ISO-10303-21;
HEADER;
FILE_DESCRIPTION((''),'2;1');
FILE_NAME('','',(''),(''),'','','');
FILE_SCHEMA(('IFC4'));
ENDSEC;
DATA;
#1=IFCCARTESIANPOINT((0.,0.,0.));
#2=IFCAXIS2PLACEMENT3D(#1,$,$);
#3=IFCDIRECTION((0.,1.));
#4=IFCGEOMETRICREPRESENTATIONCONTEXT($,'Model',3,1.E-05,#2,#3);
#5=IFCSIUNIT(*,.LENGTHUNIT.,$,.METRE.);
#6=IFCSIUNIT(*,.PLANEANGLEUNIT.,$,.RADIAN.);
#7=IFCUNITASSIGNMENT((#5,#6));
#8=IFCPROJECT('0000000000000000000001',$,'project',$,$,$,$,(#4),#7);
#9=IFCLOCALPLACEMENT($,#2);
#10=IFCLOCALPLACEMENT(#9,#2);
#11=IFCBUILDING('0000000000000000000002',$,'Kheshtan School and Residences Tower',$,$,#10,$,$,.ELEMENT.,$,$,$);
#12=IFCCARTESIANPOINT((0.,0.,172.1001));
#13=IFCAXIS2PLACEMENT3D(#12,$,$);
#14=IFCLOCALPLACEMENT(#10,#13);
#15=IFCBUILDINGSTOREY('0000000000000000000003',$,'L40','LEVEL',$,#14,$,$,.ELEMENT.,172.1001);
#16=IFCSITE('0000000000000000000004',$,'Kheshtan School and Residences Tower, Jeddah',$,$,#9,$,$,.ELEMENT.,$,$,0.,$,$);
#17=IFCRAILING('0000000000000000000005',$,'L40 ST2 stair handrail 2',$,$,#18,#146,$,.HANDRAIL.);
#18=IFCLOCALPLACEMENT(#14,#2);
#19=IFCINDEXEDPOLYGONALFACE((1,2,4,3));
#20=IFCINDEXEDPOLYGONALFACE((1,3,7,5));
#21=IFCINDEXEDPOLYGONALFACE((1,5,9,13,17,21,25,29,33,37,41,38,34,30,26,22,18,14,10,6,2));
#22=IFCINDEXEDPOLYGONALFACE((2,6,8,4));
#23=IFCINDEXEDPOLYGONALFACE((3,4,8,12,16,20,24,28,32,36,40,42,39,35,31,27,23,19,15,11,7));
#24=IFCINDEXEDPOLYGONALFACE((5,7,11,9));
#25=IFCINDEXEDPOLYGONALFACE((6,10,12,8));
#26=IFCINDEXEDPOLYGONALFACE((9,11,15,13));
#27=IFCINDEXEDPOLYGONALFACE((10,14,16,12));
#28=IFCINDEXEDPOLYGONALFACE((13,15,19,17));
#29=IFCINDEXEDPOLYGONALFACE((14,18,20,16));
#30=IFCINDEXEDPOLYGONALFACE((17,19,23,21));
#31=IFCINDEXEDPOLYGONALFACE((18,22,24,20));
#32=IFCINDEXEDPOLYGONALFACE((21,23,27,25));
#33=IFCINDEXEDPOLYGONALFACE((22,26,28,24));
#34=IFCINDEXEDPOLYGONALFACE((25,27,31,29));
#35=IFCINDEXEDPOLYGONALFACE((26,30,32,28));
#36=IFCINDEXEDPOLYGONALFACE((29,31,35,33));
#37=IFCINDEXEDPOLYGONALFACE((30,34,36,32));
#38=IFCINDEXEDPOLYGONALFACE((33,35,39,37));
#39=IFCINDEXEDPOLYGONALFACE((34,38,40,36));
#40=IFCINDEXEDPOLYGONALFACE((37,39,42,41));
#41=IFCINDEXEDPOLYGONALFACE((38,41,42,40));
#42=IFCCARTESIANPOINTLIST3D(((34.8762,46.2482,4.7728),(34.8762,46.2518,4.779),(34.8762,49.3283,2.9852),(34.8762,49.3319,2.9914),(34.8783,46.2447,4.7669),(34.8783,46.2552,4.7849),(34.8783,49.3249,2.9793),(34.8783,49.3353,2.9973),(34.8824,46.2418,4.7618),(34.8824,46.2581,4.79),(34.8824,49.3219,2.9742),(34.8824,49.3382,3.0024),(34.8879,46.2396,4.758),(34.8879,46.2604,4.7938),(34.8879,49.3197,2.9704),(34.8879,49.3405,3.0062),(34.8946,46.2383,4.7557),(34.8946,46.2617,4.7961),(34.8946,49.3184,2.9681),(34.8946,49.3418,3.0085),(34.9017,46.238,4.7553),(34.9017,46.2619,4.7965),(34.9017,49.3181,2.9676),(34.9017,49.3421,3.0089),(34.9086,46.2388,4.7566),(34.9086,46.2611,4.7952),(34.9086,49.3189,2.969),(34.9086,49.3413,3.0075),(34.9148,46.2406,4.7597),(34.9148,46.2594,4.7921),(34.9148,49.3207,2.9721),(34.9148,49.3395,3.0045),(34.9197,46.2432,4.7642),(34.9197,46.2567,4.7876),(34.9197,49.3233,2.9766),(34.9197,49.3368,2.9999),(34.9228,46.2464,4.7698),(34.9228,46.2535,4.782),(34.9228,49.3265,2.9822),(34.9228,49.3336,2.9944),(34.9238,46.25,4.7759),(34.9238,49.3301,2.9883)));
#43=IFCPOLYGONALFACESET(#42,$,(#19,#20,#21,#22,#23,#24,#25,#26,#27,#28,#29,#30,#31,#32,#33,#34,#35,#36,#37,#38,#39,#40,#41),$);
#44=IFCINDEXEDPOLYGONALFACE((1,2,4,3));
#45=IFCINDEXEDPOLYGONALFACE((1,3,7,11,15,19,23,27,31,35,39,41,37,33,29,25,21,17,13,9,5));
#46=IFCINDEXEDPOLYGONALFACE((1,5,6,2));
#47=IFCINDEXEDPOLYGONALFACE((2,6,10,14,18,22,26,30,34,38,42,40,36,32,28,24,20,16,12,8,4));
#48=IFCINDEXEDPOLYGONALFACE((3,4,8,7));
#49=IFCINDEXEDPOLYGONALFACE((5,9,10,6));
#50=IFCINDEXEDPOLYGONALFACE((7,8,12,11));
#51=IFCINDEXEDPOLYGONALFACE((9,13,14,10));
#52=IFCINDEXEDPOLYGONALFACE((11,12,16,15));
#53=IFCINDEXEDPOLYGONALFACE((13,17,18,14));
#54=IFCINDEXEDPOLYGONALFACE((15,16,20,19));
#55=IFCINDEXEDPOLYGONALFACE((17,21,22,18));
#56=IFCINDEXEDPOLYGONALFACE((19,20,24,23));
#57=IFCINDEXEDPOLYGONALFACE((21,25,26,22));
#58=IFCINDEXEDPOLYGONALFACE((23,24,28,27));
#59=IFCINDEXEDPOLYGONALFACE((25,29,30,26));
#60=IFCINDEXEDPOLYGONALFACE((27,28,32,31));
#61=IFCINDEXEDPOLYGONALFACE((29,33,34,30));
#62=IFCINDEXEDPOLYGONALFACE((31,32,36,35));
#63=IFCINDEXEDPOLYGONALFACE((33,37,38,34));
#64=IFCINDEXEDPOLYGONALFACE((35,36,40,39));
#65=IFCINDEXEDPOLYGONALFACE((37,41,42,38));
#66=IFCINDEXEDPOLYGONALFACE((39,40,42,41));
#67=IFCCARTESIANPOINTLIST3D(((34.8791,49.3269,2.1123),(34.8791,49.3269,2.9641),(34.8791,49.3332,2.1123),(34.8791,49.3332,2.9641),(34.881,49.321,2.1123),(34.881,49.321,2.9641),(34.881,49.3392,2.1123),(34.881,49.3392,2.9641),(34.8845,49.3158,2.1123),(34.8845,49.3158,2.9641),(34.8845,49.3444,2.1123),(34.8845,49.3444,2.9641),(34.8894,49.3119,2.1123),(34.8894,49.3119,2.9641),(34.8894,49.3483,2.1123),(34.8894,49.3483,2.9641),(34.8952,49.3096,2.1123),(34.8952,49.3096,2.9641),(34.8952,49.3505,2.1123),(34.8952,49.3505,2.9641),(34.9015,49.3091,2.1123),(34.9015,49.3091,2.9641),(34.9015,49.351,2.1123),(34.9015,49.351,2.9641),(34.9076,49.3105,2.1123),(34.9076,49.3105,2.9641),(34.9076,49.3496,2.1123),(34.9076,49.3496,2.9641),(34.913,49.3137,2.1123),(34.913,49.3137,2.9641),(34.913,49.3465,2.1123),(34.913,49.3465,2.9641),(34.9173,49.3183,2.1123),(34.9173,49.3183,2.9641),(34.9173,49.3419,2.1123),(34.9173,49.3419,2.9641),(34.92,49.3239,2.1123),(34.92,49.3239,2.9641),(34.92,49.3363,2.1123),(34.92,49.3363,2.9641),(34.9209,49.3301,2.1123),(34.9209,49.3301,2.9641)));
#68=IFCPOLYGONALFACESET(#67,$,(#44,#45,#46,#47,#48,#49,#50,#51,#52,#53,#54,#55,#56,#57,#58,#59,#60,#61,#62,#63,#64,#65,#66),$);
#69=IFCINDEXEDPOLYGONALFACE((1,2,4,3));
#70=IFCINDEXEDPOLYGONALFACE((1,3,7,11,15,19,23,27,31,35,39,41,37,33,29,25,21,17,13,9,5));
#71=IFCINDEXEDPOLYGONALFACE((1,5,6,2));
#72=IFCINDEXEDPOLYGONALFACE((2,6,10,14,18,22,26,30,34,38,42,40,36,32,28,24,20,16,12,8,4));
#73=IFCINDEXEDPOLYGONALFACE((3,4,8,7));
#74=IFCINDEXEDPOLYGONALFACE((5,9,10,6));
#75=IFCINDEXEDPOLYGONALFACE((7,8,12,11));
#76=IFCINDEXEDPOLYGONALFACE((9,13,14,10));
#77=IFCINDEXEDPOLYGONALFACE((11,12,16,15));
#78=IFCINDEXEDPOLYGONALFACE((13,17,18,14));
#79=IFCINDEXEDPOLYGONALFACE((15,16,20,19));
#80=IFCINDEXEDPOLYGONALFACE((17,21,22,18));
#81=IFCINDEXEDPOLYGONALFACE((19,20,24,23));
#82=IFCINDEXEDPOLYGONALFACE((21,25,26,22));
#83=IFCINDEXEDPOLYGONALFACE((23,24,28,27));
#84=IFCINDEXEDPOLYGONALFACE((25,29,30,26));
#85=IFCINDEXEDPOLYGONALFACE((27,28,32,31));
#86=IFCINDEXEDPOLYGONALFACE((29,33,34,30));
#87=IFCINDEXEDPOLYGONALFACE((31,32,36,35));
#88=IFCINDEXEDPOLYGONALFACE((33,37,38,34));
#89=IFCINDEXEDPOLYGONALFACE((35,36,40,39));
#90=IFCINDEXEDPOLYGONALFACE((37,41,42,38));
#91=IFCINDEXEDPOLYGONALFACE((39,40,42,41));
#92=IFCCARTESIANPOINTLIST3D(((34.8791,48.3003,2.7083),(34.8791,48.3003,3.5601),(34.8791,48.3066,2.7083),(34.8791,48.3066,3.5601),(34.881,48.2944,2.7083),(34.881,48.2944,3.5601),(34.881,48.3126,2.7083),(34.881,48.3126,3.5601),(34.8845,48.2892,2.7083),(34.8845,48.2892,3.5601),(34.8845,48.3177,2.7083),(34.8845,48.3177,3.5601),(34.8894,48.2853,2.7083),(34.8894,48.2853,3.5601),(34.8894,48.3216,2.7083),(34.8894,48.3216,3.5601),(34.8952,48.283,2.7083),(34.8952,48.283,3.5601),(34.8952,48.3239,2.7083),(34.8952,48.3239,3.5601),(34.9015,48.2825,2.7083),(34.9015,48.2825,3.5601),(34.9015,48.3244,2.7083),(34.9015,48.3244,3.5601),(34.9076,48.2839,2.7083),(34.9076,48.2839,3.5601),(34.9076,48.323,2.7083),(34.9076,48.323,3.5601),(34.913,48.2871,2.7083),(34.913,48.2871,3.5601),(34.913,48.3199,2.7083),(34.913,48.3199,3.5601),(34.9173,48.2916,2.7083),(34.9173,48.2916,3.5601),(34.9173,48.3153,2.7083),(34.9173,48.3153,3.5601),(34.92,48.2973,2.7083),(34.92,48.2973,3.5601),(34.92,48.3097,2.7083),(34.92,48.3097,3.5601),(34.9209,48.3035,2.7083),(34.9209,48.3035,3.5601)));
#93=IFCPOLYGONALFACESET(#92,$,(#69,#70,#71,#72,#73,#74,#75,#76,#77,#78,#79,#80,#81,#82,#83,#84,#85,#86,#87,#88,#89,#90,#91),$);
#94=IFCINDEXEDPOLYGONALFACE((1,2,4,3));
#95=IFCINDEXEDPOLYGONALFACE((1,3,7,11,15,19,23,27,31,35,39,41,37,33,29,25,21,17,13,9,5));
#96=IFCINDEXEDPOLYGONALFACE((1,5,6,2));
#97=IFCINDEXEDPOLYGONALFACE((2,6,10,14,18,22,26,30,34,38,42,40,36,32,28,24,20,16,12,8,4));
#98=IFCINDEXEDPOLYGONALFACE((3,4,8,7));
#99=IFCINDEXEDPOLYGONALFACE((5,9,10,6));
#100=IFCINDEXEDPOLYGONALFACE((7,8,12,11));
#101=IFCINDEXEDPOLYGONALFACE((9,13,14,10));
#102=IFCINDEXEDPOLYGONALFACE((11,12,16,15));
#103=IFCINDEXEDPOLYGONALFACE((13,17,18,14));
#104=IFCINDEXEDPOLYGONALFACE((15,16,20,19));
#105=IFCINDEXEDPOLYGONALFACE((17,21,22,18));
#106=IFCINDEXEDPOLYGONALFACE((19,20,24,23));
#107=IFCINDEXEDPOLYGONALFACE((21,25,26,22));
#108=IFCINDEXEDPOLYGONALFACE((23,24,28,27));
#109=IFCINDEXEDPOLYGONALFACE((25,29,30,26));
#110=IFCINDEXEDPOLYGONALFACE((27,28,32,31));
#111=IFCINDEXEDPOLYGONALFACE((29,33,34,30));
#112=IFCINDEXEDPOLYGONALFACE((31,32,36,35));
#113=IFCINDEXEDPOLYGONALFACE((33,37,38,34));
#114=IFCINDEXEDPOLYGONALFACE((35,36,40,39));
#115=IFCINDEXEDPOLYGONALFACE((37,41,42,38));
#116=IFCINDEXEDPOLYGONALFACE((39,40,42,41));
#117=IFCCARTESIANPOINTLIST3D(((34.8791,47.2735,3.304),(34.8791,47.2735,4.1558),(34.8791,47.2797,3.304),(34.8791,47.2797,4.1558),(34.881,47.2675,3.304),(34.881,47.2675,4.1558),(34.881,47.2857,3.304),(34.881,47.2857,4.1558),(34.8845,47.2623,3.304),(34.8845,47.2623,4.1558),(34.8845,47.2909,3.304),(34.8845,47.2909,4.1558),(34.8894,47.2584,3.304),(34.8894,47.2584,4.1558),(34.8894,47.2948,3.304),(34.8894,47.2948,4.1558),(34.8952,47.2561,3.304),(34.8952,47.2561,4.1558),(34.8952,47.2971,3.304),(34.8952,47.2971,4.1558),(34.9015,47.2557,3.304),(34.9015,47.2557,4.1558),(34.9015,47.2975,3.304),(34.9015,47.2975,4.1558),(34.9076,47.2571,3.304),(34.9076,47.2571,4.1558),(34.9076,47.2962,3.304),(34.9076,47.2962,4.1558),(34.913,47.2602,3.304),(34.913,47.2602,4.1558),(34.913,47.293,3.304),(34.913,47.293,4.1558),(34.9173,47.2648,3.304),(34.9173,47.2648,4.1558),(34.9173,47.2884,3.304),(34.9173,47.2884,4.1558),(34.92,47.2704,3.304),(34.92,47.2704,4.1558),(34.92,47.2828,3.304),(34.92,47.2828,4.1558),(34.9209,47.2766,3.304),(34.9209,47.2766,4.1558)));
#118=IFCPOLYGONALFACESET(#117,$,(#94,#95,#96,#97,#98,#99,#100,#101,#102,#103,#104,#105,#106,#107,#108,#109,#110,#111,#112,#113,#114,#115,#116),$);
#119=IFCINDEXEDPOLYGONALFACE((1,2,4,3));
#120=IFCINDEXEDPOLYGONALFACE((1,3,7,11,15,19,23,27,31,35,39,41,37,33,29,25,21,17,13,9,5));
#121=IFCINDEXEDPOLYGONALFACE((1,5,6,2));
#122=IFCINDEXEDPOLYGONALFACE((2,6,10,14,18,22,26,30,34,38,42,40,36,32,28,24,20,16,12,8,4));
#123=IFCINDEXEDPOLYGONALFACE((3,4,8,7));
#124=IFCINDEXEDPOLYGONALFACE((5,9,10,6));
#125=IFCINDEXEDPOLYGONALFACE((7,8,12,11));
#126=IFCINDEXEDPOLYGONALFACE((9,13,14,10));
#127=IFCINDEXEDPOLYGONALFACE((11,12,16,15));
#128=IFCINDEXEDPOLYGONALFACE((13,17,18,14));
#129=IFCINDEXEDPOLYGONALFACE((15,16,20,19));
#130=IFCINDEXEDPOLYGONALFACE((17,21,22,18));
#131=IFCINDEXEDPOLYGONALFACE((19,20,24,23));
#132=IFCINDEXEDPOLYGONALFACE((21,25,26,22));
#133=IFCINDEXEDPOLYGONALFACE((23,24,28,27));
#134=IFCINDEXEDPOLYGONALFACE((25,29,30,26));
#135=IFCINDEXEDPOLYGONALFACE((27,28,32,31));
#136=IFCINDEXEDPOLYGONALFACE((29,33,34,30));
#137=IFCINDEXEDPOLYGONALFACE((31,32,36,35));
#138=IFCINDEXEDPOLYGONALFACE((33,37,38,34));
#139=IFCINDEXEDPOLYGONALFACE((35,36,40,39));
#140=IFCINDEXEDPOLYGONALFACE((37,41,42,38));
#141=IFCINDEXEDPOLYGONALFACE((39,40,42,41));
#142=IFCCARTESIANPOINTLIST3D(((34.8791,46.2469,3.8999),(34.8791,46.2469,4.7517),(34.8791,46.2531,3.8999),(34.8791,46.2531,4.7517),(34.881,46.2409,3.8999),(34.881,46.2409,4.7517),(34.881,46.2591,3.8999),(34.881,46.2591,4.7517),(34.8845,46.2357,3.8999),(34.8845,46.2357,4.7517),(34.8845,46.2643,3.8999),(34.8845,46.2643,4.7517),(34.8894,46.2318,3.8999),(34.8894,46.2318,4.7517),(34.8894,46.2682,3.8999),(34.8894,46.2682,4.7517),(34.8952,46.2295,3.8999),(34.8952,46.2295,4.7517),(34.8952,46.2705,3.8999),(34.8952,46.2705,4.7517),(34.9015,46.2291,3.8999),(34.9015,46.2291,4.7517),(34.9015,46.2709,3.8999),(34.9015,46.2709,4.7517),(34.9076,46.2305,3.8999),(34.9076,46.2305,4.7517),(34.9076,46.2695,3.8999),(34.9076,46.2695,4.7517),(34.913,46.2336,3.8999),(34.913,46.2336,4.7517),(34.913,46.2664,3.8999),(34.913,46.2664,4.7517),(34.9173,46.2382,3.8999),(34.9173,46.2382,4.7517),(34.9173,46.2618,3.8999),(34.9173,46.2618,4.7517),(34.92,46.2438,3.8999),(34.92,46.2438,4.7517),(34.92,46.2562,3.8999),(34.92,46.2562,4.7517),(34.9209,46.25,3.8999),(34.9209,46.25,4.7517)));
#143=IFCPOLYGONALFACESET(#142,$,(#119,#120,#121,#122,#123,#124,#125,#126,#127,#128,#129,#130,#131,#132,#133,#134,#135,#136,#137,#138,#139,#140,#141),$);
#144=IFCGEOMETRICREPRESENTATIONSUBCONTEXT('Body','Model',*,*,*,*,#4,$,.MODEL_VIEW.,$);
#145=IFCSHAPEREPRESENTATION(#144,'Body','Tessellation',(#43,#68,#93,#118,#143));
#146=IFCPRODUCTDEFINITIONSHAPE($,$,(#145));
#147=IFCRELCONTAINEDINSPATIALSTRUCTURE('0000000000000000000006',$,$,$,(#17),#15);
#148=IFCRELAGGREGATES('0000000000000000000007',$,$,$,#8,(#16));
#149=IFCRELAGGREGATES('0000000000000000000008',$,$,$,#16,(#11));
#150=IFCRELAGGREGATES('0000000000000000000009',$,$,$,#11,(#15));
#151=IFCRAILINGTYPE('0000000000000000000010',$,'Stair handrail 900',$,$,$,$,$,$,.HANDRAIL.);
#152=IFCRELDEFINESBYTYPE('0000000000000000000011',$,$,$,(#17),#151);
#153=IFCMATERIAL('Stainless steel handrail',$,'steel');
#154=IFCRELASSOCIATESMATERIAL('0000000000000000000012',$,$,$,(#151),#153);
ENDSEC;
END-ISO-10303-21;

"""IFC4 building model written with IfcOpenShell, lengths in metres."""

from ifc_helpers import new_model, si_unit, direction, frame, origin, origin_2d, place, context, subcontext, project, spatial, circle, extrude, material, type_object, element, save


model = new_model("IFC4")

# Units and contexts
model_context = context("Model", 3, precision=1e-05, world=origin(), true_north=direction((0.0, 1.0)))
body_context = subcontext(model_context, "Body", "Model", "MODEL_VIEW")
ifc_project = project(units=[si_unit("LENGTHUNIT", "METRE"), si_unit("PLANEANGLEUNIT", "RADIAN")], contexts=[model_context])

# Site, building, storey
site_placement = place(None, origin())
site = spatial("IfcSite", under=ifc_project, at=site_placement, Name="Kheshtan School and Residences Tower, Jeddah", CompositionType="ELEMENT", RefElevation=0.0)
building_placement = place(site_placement, origin())
building = spatial("IfcBuilding", under=site, at=building_placement, Name="Kheshtan School and Residences Tower", CompositionType="ELEMENT")
storey_placement = place(building_placement, frame((0.0, 0.0, 172.1001)))
storey = spatial("IfcBuildingStorey", under=building, at=storey_placement, Name="L40", Description="LEVEL", CompositionType="ELEMENT", Elevation=172.1001)

# Railing
ifc_material_1 = material(Name="Stainless steel handrail", Category="steel")
railing_type_1 = type_object("IfcRailingType", Name="Stair handrail 900", PredefinedType="HANDRAIL", material=ifc_material_1)
railing_1_placement = place(storey_placement, frame((34.8999, 49.3301, 2.1123)))
element("IfcRailing", 1, at=railing_1_placement, inside=storey, type_object=railing_type_1, Name="L40 ST2 stair handrail 2", PredefinedType="HANDRAIL", context=body_context, shape_type="SweptSolid", body=[
    extrude(circle(Radius=0.0239, at=origin_2d()), frame((0.0, 0.0, 0.876), z_axis=(0.0, -0.864891, 0.50196), x_axis=(1.0, 0.0, 0.0)), (0.0, 0.0, 1.0), 3.5613),
    extrude(circle(Radius=0.021, at=origin_2d()), origin(), (0.0, 0.0, 1.0), 0.8518),
    extrude(circle(Radius=0.021, at=origin_2d()), frame((0.0, -1.0266, 0.5959)), (0.0, 0.0, 1.0), 0.8518),
    extrude(circle(Radius=0.021, at=origin_2d()), frame((0.0, -2.0535, 1.1917)), (0.0, 0.0, 1.0), 0.8518),
    extrude(circle(Radius=0.021, at=origin_2d()), frame((0.0, -3.0801, 1.7876)), (0.0, 0.0, 1.0), 0.8518),
])

save(model, "model.ifc")
